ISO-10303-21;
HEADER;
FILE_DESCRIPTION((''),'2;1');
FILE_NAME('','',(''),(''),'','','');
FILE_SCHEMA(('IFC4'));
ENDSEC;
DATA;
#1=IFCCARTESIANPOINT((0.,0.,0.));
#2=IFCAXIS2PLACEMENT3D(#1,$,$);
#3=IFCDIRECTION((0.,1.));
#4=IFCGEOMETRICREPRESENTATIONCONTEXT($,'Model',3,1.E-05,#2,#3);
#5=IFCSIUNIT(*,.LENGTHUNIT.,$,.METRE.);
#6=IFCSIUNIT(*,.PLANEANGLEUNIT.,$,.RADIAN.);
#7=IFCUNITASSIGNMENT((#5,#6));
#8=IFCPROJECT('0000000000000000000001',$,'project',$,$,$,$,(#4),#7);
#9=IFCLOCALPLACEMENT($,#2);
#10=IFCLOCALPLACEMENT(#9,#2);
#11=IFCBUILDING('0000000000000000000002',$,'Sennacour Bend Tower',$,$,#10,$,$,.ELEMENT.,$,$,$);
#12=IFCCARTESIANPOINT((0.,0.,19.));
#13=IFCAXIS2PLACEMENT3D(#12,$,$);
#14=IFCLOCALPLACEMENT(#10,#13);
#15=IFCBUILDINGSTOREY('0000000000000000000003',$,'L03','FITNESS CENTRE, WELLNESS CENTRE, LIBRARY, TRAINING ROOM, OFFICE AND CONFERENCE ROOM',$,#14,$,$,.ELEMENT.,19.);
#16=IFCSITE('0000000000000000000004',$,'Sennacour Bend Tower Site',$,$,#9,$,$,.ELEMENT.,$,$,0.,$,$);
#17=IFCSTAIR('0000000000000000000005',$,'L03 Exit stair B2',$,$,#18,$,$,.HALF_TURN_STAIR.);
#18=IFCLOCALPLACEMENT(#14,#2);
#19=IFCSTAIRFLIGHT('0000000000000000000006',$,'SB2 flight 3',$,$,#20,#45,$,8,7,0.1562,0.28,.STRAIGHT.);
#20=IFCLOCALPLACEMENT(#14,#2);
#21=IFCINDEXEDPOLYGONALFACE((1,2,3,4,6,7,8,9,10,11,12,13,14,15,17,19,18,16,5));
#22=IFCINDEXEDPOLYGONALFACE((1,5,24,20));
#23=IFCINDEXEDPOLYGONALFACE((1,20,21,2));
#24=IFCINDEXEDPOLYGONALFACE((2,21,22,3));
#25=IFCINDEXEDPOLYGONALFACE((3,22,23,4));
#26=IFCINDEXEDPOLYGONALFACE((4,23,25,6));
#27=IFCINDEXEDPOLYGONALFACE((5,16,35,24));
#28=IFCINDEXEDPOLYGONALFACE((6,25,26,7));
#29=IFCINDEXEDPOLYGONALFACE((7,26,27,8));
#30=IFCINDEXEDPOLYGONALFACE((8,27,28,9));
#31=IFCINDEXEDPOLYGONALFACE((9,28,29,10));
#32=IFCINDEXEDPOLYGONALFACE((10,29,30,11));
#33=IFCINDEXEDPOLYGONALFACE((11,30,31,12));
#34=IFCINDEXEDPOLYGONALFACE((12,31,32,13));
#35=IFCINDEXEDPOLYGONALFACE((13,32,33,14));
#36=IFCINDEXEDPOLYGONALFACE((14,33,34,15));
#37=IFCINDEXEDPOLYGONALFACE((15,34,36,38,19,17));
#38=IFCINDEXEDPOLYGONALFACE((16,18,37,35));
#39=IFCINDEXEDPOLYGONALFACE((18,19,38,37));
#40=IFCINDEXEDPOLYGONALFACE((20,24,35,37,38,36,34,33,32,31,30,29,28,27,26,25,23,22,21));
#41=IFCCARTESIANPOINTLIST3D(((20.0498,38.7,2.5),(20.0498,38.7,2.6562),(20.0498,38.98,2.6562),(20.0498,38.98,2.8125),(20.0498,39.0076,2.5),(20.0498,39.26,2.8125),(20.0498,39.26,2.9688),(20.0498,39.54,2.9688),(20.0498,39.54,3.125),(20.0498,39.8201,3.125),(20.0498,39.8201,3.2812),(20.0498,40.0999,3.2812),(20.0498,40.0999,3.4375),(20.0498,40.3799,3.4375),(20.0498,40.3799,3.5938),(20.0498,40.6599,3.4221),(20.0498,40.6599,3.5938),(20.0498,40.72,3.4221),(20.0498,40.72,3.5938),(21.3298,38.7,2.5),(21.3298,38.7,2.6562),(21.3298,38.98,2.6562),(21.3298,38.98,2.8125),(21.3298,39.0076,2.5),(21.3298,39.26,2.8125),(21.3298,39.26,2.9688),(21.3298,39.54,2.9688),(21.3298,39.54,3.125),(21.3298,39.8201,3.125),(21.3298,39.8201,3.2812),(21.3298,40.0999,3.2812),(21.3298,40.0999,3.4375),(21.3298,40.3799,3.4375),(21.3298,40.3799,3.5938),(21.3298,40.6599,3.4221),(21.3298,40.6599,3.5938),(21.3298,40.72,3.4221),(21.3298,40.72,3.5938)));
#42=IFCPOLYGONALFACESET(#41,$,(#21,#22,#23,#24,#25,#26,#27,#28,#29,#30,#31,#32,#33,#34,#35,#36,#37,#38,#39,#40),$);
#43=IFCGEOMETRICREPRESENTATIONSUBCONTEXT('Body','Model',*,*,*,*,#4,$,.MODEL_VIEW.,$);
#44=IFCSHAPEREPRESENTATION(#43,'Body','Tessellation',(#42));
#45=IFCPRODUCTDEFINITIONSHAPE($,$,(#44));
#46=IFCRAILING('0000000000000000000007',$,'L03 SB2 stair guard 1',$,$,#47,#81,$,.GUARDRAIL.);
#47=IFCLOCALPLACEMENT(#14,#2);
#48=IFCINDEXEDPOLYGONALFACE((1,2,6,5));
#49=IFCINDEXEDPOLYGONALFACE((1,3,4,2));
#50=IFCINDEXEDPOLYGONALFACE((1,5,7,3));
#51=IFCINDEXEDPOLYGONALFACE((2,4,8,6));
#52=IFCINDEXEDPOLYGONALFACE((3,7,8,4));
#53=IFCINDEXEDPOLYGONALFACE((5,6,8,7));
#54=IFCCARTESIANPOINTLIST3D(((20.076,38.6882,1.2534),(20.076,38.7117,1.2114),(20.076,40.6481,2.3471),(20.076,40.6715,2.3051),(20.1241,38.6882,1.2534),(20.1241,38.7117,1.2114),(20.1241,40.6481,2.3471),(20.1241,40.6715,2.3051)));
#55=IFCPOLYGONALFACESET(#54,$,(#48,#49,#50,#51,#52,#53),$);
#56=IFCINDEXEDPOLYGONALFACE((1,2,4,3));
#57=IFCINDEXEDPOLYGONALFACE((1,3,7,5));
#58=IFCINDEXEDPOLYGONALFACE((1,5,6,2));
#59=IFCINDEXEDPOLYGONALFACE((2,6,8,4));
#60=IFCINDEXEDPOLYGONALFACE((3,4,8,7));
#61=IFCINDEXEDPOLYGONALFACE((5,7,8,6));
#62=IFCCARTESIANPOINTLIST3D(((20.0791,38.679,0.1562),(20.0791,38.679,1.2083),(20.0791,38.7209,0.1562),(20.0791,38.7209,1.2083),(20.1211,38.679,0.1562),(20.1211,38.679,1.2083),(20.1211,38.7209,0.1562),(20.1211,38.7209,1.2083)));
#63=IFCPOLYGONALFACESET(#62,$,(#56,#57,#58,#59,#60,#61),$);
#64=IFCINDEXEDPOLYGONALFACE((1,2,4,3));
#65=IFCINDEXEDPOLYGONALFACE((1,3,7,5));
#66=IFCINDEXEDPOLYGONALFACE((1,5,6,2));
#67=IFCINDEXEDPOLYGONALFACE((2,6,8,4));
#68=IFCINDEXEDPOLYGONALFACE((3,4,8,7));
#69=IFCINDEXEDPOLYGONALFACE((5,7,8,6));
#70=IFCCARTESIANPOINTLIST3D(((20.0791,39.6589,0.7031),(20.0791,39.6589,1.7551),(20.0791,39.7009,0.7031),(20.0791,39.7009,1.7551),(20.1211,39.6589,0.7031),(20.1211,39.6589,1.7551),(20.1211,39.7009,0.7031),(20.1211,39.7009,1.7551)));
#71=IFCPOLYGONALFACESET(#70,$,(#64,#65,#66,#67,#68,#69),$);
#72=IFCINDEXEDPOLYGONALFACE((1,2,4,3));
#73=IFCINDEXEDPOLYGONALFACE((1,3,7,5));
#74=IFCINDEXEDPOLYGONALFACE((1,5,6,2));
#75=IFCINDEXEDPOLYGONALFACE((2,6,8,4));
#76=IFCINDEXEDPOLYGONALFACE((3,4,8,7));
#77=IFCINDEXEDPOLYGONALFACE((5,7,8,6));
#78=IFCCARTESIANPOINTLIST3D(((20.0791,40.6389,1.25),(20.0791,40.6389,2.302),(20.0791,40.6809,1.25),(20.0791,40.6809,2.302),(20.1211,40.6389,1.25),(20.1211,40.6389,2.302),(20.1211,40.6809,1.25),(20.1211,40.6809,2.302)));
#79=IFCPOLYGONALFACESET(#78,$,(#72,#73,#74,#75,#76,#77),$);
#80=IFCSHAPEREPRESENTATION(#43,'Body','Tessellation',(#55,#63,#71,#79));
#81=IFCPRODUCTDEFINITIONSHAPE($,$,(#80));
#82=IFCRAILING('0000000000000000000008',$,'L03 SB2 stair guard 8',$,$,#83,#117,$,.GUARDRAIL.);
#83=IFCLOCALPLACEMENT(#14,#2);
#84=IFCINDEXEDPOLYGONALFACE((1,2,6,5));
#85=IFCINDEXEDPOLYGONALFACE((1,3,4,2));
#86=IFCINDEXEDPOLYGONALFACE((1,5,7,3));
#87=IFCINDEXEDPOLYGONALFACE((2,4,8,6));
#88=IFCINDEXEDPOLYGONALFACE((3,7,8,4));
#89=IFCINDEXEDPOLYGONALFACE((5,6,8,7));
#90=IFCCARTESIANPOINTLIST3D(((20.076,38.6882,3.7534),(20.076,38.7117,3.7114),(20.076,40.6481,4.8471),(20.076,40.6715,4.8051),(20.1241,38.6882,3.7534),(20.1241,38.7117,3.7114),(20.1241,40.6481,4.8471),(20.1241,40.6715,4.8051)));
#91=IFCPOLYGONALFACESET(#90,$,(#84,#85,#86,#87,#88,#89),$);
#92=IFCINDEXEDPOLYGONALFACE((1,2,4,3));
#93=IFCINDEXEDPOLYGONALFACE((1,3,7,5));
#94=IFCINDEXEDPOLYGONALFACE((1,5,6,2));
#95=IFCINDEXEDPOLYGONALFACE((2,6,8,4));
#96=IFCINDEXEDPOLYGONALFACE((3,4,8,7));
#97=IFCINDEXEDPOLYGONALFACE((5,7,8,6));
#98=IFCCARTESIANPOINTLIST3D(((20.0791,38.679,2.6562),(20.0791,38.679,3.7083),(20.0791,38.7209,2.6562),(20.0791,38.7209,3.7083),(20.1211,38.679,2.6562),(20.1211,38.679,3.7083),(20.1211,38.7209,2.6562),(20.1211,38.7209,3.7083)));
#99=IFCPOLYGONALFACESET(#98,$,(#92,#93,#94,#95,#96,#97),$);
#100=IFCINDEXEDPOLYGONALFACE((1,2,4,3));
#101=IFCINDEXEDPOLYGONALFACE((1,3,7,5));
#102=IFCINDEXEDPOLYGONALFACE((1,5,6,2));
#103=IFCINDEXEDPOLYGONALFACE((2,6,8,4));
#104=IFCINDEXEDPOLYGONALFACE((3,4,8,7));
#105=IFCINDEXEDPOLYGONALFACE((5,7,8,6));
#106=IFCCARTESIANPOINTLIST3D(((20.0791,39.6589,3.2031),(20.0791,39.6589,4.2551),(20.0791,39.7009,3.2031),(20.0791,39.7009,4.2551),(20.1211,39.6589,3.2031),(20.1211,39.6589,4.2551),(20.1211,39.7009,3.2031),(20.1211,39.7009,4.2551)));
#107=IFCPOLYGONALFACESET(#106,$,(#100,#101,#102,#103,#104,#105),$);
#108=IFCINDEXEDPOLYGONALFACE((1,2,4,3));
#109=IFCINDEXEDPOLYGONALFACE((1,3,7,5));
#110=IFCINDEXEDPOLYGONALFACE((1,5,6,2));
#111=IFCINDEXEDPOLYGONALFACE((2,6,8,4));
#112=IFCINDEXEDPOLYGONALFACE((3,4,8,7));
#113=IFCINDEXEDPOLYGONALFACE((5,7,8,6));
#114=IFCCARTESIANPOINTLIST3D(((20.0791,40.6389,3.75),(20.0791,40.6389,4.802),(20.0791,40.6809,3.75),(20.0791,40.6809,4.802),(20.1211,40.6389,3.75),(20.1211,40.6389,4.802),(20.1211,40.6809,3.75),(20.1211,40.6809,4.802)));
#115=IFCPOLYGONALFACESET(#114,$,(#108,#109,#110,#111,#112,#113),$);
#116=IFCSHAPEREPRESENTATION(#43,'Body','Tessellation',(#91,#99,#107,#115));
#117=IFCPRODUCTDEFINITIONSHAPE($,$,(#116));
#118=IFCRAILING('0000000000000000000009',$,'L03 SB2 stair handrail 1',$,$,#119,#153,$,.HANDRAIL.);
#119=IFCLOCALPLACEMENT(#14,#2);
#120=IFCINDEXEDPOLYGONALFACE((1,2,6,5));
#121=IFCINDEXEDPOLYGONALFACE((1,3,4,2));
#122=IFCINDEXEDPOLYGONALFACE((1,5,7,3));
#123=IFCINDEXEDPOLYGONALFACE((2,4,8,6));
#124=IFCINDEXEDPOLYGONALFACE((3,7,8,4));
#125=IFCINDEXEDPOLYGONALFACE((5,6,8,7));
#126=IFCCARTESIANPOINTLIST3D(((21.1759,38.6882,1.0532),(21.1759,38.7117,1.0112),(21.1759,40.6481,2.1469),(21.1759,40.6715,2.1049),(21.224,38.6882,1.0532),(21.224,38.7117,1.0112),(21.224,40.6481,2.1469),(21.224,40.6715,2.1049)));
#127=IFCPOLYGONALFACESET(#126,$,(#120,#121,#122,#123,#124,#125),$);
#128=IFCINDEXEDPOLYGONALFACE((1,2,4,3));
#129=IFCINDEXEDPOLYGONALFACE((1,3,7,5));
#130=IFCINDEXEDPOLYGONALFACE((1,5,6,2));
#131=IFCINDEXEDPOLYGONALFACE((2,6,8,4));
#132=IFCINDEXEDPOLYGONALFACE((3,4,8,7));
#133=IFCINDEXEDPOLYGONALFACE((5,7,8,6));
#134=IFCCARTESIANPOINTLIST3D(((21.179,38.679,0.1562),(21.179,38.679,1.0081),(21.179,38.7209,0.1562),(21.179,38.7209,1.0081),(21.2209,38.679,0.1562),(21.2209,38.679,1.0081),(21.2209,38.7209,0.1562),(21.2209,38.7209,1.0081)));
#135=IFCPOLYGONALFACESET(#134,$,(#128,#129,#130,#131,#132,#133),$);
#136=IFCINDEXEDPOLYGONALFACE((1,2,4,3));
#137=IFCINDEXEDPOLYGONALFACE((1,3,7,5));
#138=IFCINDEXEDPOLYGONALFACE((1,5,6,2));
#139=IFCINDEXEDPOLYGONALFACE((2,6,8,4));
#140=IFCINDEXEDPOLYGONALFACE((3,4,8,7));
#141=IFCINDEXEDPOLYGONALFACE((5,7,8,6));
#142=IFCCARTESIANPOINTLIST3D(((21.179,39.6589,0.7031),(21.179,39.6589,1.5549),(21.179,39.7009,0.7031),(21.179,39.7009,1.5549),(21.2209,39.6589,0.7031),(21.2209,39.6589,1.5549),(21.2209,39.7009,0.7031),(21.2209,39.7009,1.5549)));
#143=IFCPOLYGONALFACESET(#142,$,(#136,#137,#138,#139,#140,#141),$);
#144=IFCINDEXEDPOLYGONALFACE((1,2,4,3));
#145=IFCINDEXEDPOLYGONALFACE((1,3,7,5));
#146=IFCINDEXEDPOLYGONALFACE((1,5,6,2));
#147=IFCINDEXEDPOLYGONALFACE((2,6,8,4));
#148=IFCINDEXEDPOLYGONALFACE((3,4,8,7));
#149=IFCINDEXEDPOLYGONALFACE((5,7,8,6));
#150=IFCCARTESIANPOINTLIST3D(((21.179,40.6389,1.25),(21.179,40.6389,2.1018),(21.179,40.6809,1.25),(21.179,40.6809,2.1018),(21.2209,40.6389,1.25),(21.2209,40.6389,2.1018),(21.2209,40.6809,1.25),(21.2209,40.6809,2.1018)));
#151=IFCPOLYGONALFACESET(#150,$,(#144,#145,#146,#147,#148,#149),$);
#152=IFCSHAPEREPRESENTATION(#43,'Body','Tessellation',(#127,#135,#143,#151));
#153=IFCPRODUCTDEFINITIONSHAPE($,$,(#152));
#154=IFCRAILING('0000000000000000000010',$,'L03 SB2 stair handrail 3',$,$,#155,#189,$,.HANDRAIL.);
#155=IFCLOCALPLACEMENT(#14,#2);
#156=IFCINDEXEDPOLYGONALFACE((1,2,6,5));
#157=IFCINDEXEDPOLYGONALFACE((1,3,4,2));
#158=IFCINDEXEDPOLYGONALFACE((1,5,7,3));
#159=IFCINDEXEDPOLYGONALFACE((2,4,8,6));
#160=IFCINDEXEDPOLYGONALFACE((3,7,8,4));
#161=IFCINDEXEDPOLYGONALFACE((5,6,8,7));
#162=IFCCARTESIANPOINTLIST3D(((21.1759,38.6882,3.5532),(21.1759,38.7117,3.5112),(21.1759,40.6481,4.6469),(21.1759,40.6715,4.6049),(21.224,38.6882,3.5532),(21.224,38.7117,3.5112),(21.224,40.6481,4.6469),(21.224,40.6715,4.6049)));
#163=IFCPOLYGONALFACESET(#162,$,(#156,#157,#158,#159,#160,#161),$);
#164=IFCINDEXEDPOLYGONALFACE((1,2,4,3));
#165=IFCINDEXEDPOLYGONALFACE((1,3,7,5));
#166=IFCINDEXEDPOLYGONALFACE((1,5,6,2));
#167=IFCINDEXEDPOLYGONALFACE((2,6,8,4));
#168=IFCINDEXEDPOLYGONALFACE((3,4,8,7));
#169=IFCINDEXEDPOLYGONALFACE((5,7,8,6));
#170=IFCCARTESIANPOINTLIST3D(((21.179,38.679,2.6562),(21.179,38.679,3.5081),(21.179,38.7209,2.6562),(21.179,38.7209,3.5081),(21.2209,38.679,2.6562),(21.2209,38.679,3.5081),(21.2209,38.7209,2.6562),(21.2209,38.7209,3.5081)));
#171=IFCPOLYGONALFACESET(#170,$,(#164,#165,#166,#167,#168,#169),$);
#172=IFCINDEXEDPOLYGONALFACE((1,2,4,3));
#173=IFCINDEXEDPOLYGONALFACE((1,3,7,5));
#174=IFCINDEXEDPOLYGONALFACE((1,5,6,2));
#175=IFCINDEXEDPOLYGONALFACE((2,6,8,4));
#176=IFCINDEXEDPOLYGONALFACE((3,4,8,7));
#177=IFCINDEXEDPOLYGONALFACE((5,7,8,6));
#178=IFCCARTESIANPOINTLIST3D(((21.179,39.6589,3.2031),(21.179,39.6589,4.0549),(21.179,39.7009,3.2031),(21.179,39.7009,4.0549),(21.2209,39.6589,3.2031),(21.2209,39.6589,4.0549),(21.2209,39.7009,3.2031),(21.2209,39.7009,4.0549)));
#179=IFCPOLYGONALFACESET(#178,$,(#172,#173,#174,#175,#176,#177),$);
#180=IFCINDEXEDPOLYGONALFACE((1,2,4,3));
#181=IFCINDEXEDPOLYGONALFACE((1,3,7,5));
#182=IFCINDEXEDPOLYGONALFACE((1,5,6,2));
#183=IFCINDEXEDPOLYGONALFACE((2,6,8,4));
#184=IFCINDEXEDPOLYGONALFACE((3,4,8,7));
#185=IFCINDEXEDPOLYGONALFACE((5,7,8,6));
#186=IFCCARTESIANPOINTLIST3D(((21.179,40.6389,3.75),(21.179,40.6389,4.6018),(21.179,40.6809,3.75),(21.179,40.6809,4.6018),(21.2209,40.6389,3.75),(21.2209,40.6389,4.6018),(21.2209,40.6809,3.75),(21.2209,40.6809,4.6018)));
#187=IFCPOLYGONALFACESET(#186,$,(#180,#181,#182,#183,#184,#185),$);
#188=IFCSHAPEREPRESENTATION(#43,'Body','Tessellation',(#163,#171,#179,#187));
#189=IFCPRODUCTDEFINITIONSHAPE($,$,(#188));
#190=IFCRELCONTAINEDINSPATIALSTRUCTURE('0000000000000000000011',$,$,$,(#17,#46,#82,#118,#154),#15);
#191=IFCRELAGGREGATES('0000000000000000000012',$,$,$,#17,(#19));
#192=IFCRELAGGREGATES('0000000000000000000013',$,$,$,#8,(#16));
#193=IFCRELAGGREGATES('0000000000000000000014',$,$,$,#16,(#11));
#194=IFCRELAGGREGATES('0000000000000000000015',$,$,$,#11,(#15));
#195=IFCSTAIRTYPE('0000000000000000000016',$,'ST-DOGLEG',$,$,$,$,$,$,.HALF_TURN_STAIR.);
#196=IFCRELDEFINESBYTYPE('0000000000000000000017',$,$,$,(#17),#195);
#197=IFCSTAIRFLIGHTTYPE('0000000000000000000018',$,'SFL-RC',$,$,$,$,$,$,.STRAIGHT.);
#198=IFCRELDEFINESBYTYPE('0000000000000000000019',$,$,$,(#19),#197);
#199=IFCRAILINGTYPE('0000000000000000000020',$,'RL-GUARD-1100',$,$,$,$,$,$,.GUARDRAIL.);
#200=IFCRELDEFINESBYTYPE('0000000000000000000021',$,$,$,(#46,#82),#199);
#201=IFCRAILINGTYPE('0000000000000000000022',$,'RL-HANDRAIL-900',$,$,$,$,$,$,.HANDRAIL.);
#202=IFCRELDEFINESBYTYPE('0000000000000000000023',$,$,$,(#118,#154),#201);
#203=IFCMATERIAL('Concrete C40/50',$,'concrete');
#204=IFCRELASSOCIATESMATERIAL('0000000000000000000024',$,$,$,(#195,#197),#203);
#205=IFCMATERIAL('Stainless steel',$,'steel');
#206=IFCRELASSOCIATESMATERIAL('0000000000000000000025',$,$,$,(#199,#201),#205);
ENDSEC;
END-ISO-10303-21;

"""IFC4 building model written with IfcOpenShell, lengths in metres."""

from ifc_helpers import new_model, si_unit, direction, frame, origin, origin_2d, place, context, subcontext, project, spatial, polyline, rectangle, outline, extrude, material, type_object, element, aggregate, save


model = new_model("IFC4")

# Units and contexts
model_context = context("Model", 3, precision=1e-05, world=origin(), true_north=direction((0.0, 1.0)))
body_context = subcontext(model_context, "Body", "Model", "MODEL_VIEW")
ifc_project = project(units=[si_unit("LENGTHUNIT", "METRE"), si_unit("PLANEANGLEUNIT", "RADIAN")], contexts=[model_context])

# Site, building, storey
site_placement = place(None, origin())
site = spatial("IfcSite", under=ifc_project, at=site_placement, Name="Sennacour Bend Tower Site", CompositionType="ELEMENT", RefElevation=0.0)
building_placement = place(site_placement, origin())
building = spatial("IfcBuilding", under=site, at=building_placement, Name="Sennacour Bend Tower", CompositionType="ELEMENT")
storey_placement = place(building_placement, frame((0.0, 0.0, 19.0)))
storey = spatial("IfcBuildingStorey", under=building, at=storey_placement, Name="L03", Description="FITNESS CENTRE, WELLNESS CENTRE, LIBRARY, TRAINING ROOM, OFFICE AND CONFERENCE ROOM", CompositionType="ELEMENT", Elevation=19.0)

# Stair, stair flight
ifc_material_1 = material(Name="Concrete C40/50", Category="concrete")
stair_type = type_object("IfcStairType", Name="ST-DOGLEG", PredefinedType="HALF_TURN_STAIR", material=ifc_material_1)
stair_placement = place(storey_placement, origin())
stair = element("IfcStair", 1, at=stair_placement, inside=storey, type_object=stair_type, Name="L03 Exit stair B2", PredefinedType="HALF_TURN_STAIR")
stair_flight_type = type_object("IfcStairFlightType", Name="SFL-RC", PredefinedType="STRAIGHT", material=ifc_material_1)
stair_flight_1_placement = place(storey_placement, frame((20.6899, 38.7, 2.5), z_axis=(0.0, 0.0, 1.0), x_axis=(0.0, 1.0, 0.0)))
stair_flight_1 = element("IfcStairFlight", 2, at=stair_flight_1_placement, type_object=stair_flight_type, Name="SB2 flight 3", NumberOfRisers=8, NumberOfTreads=7, PredefinedType="STRAIGHT", RiserHeight=0.1562, TreadLength=0.28, context=body_context, shape_type="SweptSolid", body=[
    extrude(outline(polyline([(0.0, 0.0), (0.0, 0.1562), (0.28, 0.1562), (0.28, 0.3125), (0.5601, 0.3125), (0.5601, 0.4688), (0.8401, 0.4688), (0.8401, 0.625), (1.1201, 0.625), (1.1201, 0.7812), (1.3999, 0.7812), (1.3999, 0.9375), (1.6799, 0.9375), (1.6799, 1.0938), (1.96, 1.0938), (2.02, 1.0938), (2.02, 0.9221), (1.96, 0.9221), (0.3076, 0.0), (0.0, 0.0)])), frame((0.0, 0.6401, 0.0), z_axis=(0.0, -1.0, 0.0), x_axis=(1.0, 0.0, 0.0)), (0.0, 0.0, 1.0), 1.28),
])
aggregate(stair, [stair_flight_1])

# Railings
ifc_material_2 = material(Name="Stainless steel", Category="steel")
railing_type_1 = type_object("IfcRailingType", Name="RL-GUARD-1100", PredefinedType="GUARDRAIL", material=ifc_material_2)
for number, where, name in (
    (3, (20.1001, 38.7, 0.1562), "L03 SB2 stair guard 1"),
    (4, (20.1001, 38.7, 2.6562), "L03 SB2 stair guard 8"),
):
    element("IfcRailing", number, at=place(storey_placement, frame(where)), inside=storey, type_object=railing_type_1, Name=name, PredefinedType="GUARDRAIL", context=body_context, shape_type="SweptSolid", body=[
        extrude(rectangle(XDim=0.0481, YDim=0.0481, at=origin_2d()), frame((0.0, 0.0, 1.0762), z_axis=(0.0, 0.873232, 0.487304), x_axis=(-1.0, 0.0, 0.0)), (0.0, 0.0, 1.0), 2.2444),
        extrude(rectangle(XDim=0.042, YDim=0.042, at=origin_2d()), origin(), (0.0, 0.0, 1.0), 1.052),
        extrude(rectangle(XDim=0.042, YDim=0.042, at=origin_2d()), frame((0.0, 0.98, 0.5469)), (0.0, 0.0, 1.0), 1.052),
        extrude(rectangle(XDim=0.042, YDim=0.042, at=origin_2d()), frame((0.0, 1.96, 1.0938)), (0.0, 0.0, 1.0), 1.052),
    ])
railing_type_2 = type_object("IfcRailingType", Name="RL-HANDRAIL-900", PredefinedType="HANDRAIL", material=ifc_material_2)
for number, where, name in (
    (5, (21.2, 38.7, 0.1562), "L03 SB2 stair handrail 1"),
    (6, (21.2, 38.7, 2.6562), "L03 SB2 stair handrail 3"),
):
    element("IfcRailing", number, at=place(storey_placement, frame(where)), inside=storey, type_object=railing_type_2, Name=name, PredefinedType="HANDRAIL", context=body_context, shape_type="SweptSolid", body=[
        extrude(rectangle(XDim=0.0481, YDim=0.0481, at=origin_2d()), frame((0.0, 0.0, 0.876), z_axis=(0.0, 0.873232, 0.487304), x_axis=(-1.0, 0.0, 0.0)), (0.0, 0.0, 1.0), 2.2444),
        extrude(rectangle(XDim=0.042, YDim=0.042, at=origin_2d()), origin(), (0.0, 0.0, 1.0), 0.8518),
        extrude(rectangle(XDim=0.042, YDim=0.042, at=origin_2d()), frame((0.0, 0.98, 0.5469)), (0.0, 0.0, 1.0), 0.8518),
        extrude(rectangle(XDim=0.042, YDim=0.042, at=origin_2d()), frame((0.0, 1.96, 1.0938)), (0.0, 0.0, 1.0), 0.8518),
    ])

save(model, "model.ifc")
